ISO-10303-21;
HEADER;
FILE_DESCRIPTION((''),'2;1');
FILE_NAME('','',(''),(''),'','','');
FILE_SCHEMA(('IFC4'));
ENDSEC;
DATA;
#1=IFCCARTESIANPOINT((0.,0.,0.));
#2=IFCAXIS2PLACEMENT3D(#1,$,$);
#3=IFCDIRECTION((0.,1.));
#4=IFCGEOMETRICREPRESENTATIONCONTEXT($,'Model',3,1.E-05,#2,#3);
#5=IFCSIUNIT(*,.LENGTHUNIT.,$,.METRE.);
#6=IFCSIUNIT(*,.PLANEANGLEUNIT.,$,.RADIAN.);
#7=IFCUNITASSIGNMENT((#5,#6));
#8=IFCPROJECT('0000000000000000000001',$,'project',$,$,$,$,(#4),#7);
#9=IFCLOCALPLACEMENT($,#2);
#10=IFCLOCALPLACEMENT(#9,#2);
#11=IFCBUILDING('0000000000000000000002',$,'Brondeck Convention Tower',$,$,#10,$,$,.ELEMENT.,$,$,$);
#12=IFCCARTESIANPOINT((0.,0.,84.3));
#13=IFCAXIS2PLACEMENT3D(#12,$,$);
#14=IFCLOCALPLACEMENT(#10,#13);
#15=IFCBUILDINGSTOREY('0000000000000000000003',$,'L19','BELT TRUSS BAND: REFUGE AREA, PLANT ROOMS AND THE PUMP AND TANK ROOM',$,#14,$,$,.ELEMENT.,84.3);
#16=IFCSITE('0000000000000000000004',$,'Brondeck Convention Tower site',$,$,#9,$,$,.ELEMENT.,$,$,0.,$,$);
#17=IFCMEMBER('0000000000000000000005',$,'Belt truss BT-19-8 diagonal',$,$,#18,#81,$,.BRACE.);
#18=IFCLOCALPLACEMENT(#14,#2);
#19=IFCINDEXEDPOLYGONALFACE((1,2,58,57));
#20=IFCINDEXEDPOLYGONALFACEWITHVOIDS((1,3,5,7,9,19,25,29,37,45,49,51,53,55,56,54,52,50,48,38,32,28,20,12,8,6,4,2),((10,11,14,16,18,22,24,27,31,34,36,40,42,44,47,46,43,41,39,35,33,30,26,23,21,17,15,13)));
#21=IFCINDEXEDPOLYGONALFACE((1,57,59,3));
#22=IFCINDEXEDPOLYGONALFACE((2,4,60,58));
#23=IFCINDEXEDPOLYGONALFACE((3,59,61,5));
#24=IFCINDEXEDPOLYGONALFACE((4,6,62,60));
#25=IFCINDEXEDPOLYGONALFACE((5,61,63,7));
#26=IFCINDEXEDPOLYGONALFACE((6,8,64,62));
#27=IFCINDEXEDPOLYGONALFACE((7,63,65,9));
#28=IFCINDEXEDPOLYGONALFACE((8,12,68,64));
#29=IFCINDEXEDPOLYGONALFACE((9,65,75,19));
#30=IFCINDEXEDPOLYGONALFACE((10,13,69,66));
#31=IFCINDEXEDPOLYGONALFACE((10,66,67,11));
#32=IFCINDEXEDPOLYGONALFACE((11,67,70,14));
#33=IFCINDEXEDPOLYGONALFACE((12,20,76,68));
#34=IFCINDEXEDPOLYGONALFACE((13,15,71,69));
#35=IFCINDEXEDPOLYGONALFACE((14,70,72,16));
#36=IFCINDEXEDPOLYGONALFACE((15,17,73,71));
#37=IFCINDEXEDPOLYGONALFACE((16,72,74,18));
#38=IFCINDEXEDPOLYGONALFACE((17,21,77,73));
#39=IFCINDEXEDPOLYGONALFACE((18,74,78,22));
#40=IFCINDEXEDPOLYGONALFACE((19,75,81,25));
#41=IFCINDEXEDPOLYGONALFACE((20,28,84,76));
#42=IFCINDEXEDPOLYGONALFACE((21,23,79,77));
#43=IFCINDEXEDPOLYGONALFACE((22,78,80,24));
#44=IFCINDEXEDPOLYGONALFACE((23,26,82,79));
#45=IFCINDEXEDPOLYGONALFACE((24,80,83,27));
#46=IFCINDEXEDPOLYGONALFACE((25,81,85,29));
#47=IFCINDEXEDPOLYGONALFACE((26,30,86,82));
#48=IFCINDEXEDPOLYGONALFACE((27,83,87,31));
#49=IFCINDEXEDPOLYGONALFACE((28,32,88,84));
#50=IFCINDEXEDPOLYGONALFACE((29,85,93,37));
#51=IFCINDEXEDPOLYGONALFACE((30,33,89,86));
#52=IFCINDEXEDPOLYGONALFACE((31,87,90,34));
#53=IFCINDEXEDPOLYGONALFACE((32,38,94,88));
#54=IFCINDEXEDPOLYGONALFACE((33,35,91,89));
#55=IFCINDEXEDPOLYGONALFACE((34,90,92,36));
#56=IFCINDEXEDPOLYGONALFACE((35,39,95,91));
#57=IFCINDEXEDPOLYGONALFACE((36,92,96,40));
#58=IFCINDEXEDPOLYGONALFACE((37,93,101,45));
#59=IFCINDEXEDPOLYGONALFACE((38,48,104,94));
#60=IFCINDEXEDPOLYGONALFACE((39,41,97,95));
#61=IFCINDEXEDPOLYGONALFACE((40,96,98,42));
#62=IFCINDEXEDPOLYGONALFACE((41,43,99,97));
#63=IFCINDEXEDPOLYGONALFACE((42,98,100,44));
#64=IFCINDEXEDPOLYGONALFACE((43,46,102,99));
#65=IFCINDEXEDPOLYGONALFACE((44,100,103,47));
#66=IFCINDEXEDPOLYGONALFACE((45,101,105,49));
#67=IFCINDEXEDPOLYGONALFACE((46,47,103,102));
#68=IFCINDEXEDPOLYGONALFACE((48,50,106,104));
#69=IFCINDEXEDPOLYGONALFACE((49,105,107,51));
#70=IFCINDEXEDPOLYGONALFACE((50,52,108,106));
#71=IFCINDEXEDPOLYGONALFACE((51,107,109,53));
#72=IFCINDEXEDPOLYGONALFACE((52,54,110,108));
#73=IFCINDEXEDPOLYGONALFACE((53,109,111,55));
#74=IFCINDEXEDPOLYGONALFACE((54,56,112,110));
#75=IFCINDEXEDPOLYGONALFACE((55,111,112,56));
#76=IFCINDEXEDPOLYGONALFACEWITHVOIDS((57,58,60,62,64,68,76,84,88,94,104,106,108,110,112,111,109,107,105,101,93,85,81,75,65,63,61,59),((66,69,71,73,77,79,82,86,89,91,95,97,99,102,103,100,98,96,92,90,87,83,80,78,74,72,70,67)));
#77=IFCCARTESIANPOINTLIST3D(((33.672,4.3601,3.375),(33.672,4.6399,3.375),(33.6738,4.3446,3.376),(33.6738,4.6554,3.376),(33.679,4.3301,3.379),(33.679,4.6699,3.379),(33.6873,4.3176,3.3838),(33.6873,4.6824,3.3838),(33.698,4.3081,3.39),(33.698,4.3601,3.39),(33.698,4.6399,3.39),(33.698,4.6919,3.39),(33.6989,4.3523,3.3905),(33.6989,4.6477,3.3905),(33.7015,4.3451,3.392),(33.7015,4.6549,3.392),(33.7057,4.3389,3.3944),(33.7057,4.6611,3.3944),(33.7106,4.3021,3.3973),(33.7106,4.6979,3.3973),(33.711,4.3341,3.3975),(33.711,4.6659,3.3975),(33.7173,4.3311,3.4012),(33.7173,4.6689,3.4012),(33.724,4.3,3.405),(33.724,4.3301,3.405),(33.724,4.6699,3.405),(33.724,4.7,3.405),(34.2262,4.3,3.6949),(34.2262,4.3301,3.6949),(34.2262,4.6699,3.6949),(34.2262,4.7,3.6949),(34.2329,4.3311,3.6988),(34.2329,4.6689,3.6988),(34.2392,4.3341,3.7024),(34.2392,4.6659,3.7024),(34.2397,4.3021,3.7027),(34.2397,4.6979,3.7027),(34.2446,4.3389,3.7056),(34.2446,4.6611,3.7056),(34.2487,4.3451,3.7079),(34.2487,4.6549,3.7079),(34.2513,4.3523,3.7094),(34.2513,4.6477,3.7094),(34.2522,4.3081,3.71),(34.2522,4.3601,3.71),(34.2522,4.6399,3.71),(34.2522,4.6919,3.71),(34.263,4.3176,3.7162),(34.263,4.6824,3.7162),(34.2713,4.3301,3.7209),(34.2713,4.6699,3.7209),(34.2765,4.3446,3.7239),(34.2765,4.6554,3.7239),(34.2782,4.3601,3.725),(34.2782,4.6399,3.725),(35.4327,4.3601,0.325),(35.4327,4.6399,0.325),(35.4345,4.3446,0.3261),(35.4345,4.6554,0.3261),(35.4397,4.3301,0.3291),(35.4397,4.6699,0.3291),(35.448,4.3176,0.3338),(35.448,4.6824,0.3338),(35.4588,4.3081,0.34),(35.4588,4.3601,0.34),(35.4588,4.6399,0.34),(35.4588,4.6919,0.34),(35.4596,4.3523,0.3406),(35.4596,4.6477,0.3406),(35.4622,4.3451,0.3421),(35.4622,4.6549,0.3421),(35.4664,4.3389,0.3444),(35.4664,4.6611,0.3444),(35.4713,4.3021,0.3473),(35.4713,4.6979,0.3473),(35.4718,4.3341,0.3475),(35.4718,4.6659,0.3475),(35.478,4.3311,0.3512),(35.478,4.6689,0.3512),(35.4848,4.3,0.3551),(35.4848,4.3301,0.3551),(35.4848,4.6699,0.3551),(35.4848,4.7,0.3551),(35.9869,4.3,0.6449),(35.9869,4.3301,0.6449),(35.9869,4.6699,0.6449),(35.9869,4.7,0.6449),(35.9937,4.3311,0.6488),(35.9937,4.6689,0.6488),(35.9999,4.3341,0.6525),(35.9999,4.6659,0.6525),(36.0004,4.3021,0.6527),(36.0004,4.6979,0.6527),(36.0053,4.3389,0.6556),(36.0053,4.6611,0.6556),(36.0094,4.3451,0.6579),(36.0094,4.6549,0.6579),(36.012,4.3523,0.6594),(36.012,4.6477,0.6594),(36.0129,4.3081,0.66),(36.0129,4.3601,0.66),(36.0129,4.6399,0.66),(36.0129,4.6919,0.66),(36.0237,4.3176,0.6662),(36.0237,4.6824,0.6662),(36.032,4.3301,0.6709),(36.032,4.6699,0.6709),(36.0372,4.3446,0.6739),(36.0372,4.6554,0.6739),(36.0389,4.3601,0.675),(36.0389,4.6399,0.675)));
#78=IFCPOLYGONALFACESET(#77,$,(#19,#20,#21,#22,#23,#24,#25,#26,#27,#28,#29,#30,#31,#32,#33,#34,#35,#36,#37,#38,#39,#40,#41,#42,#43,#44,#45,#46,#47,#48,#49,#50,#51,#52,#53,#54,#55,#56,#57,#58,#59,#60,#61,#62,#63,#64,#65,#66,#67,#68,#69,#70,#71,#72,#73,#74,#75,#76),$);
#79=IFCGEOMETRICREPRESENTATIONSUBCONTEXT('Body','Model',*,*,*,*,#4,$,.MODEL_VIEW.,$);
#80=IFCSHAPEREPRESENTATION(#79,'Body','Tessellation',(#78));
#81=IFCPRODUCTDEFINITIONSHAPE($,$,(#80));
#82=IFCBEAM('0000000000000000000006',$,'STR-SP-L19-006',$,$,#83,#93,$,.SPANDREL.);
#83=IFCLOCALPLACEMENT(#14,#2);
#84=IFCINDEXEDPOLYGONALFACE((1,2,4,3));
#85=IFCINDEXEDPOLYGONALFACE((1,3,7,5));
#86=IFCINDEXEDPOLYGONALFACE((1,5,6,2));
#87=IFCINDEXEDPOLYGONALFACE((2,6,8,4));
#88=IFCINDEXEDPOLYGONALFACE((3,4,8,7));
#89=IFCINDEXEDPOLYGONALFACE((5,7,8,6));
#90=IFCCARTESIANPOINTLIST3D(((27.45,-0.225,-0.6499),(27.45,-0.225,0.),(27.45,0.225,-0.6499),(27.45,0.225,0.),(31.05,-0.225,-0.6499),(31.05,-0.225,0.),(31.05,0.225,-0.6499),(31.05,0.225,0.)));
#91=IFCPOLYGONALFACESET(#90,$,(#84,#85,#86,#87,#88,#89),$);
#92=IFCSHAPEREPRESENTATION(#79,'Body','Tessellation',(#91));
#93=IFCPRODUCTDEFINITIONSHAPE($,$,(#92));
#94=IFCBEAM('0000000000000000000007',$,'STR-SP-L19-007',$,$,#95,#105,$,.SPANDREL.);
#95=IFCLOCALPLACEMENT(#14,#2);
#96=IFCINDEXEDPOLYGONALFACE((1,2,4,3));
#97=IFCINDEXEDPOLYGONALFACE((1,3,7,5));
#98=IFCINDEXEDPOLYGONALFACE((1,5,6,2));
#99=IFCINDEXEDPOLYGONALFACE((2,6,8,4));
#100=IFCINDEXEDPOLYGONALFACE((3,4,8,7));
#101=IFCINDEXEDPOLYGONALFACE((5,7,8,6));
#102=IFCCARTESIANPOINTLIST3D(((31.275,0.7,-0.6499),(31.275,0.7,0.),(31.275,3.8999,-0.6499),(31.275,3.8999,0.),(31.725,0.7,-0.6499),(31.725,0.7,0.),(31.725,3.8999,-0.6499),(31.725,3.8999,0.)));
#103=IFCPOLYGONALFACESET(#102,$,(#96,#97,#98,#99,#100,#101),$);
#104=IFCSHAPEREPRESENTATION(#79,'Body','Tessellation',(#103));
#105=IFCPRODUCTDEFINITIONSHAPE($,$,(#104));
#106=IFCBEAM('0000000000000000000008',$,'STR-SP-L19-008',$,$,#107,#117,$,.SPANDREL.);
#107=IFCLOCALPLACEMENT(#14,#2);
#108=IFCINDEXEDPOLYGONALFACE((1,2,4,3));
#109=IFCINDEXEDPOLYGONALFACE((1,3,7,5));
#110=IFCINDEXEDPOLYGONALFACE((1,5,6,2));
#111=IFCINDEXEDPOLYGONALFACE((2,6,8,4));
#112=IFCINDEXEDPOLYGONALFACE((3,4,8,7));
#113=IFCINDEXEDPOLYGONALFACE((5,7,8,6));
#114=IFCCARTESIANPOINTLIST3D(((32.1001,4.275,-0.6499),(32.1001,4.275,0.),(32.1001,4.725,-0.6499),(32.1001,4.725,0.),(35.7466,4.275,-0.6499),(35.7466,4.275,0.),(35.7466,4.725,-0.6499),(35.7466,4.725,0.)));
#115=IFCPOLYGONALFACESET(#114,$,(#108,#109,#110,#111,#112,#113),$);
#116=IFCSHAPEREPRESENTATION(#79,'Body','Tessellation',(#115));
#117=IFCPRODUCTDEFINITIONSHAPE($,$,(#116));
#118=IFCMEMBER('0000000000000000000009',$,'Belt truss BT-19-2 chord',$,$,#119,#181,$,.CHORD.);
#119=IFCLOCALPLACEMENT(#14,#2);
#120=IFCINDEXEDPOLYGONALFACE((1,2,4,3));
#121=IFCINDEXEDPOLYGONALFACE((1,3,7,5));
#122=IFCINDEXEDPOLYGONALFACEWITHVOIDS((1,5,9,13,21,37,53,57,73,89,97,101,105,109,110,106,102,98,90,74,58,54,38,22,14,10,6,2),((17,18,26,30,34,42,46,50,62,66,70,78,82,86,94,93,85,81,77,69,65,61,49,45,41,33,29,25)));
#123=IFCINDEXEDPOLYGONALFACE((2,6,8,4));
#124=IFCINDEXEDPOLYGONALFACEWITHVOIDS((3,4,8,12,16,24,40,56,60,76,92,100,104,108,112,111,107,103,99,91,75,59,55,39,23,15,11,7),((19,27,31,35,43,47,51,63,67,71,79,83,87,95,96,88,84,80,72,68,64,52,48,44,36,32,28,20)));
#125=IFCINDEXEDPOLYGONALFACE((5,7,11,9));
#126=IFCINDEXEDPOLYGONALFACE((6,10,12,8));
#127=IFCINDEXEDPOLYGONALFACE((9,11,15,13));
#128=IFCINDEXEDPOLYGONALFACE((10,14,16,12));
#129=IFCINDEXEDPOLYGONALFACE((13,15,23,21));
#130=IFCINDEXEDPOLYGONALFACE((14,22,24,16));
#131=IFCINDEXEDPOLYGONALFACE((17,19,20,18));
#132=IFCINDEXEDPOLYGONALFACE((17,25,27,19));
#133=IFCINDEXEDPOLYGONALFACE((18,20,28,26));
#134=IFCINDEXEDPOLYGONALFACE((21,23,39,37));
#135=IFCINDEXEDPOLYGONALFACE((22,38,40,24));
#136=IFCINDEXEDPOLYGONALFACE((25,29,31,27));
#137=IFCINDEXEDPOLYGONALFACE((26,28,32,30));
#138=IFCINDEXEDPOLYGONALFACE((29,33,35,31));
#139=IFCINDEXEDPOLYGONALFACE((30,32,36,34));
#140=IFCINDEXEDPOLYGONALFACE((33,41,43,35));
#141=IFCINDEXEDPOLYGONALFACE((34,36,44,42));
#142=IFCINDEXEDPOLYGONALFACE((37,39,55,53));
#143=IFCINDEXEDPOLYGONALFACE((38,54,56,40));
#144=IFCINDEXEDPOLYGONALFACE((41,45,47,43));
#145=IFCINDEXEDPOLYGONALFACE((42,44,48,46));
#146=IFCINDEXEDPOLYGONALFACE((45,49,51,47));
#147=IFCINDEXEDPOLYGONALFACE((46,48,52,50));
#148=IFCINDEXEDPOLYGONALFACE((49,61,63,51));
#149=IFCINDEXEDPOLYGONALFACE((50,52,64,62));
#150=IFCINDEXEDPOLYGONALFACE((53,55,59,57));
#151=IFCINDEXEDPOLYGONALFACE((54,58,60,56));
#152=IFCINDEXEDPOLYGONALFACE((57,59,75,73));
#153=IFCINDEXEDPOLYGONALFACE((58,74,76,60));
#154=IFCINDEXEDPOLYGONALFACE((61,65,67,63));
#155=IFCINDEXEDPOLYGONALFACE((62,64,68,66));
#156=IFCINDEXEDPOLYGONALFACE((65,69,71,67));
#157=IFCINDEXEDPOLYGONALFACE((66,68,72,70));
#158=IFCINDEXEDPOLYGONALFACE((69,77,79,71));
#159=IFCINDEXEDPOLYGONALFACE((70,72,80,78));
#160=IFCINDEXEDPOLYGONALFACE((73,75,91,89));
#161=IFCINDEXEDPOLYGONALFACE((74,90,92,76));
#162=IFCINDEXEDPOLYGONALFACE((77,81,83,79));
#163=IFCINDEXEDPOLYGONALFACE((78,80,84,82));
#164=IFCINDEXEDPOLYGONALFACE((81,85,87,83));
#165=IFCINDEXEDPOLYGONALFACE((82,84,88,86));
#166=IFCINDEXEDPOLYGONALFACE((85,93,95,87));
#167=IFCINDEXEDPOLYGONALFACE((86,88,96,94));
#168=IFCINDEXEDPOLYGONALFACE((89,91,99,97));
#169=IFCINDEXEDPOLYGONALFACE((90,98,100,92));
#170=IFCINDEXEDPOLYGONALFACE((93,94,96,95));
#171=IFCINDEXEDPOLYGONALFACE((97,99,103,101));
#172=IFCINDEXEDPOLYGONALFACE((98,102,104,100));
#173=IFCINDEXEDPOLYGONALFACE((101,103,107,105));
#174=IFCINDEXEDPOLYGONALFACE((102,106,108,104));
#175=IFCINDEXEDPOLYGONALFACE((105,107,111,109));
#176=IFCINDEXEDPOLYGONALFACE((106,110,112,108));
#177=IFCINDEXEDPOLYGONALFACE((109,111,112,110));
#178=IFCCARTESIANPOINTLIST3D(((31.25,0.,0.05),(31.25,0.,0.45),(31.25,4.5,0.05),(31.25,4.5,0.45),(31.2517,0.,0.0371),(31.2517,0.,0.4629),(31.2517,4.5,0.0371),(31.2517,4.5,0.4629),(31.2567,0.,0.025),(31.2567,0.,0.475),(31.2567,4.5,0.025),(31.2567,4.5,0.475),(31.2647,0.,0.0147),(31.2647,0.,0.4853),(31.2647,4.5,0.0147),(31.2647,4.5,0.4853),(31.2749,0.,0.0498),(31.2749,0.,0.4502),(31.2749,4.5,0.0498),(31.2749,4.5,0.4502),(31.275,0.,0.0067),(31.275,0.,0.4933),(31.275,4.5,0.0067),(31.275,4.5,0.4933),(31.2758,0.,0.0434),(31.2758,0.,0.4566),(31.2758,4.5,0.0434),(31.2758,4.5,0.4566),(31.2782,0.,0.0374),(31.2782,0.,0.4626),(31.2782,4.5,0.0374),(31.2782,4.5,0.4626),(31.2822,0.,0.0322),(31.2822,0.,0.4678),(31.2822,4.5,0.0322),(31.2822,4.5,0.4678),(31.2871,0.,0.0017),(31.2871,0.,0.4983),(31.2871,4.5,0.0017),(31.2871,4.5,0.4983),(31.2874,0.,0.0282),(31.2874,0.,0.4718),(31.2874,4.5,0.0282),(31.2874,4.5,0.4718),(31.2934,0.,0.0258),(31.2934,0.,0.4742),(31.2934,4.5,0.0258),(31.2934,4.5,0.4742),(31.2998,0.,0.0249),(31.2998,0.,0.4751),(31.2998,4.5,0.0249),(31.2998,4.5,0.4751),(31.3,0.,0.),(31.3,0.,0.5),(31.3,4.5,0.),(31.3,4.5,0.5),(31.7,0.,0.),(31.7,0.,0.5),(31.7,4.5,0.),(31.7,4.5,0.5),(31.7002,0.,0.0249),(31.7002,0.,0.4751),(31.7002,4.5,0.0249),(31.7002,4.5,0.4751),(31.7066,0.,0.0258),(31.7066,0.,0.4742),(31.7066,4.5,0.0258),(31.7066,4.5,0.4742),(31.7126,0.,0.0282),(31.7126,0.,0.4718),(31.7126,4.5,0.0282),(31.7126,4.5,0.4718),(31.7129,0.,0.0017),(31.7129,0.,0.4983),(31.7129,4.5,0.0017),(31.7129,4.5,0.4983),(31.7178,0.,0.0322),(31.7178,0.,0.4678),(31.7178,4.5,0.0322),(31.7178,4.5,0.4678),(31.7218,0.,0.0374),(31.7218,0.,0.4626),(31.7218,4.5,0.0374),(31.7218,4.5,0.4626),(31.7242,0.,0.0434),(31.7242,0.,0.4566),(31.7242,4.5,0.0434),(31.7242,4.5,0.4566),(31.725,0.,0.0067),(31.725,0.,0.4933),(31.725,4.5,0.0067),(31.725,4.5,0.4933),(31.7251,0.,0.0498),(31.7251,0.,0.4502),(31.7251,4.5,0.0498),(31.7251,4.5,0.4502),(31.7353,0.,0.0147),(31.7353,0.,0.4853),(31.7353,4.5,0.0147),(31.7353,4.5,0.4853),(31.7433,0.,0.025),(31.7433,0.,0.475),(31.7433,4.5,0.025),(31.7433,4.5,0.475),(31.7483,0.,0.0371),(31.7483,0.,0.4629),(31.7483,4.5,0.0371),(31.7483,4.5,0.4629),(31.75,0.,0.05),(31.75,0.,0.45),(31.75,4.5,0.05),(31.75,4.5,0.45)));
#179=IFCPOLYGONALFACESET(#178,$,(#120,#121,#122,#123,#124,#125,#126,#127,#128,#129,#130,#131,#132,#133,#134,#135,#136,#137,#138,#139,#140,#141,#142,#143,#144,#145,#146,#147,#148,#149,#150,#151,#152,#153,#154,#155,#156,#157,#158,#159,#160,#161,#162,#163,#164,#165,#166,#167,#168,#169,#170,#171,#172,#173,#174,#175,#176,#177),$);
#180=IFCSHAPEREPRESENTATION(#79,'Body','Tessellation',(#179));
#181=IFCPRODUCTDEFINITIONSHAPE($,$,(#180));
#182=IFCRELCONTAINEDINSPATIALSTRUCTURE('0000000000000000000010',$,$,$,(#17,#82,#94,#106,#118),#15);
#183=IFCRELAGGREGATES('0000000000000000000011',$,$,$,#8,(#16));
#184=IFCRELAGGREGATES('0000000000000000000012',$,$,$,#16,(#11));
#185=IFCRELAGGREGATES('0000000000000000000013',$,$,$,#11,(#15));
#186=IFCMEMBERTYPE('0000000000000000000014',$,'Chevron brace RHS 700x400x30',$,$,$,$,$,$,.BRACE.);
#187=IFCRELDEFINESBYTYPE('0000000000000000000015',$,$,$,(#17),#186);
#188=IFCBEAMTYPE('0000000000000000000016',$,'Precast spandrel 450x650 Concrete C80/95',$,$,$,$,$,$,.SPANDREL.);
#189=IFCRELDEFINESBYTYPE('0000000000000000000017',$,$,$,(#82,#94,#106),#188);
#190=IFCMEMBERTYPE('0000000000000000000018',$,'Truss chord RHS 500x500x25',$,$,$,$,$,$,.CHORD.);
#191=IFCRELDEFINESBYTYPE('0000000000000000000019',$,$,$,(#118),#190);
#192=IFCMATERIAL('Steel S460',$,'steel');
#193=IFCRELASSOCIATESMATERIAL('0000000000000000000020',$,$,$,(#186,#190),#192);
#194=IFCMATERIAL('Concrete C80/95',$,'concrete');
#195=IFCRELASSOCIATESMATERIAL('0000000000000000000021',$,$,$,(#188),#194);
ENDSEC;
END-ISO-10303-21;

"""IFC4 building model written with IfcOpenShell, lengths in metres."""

from ifc_helpers import new_model, si_unit, direction, frame, origin, origin_2d, place, context, subcontext, project, spatial, rectangle, hollow_rectangle, extrude, material, material_profile, profile_set, type_object, element, save


model = new_model("IFC4")

# Units and contexts
model_context = context("Model", 3, precision=1e-05, world=origin(), true_north=direction((0.0, 1.0)))
body_context = subcontext(model_context, "Body", "Model", "MODEL_VIEW")
ifc_project = project(units=[si_unit("LENGTHUNIT", "METRE"), si_unit("PLANEANGLEUNIT", "RADIAN")], contexts=[model_context])

# Site, building, storey
site_placement = place(None, origin())
site = spatial("IfcSite", under=ifc_project, at=site_placement, Name="Brondeck Convention Tower site", CompositionType="ELEMENT", RefElevation=0.0)
building_placement = place(site_placement, origin())
building = spatial("IfcBuilding", under=site, at=building_placement, Name="Brondeck Convention Tower", CompositionType="ELEMENT")
storey_placement = place(building_placement, frame((0.0, 0.0, 84.3)))
storey = spatial("IfcBuildingStorey", under=building, at=storey_placement, Name="L19", Description="BELT TRUSS BAND: REFUGE AREA, PLANT ROOMS AND THE PUMP AND TANK ROOM", CompositionType="ELEMENT", Elevation=84.3)

# Shared definitions
ifc_material_1 = material(Name="Concrete C80/95", Category="concrete")

# Member
ifc_material_2 = material(Name="Steel S460", Category="steel")
ifc_material_profile_1 = material_profile(ifc_material_2, hollow_rectangle(XDim=0.3999, YDim=0.7, WallThickness=0.03, InnerFilletRadius=0.03, OuterFilletRadius=0.0601, at=origin_2d()), Name="RHS 700x400x30")
ifc_profile_set_1 = profile_set([ifc_material_profile_1], Name="Steel S460")
member_type_1 = type_object("IfcMemberType", Name="Chevron brace RHS 700x400x30", PredefinedType="BRACE", material=ifc_profile_set_1)
member_1_placement = place(storey_placement, frame((35.7358, 4.5, 0.5), z_axis=(-0.499956, 0.0, 0.866051), x_axis=(0.0, -1.0, 0.0)))
element("IfcMember", 1, at=member_1_placement, inside=storey, type_object=member_type_1, Name="Belt truss BT-19-8 diagonal", PredefinedType="BRACE", context=body_context, shape_type="SweptSolid", body=[
    extrude(hollow_rectangle(XDim=0.3999, YDim=0.7, WallThickness=0.03, InnerFilletRadius=0.03, OuterFilletRadius=0.0601, at=origin_2d()), origin(), (0.0, 0.0, 1.0), 3.5217),
])

# Beams
ifc_material_profile_2 = material_profile(ifc_material_1, rectangle(XDim=0.45, YDim=0.6499, at=origin_2d()), Name="Precast spandrel 450x650 Concrete C80/95")
ifc_profile_set_2 = profile_set([ifc_material_profile_2], Name="Concrete C80/95")
beam_type = type_object("IfcBeamType", Name="Precast spandrel 450x650 Concrete C80/95", PredefinedType="SPANDREL", material=ifc_profile_set_2)
beam_1_placement = place(storey_placement, frame((27.45, 0.0, -0.325), z_axis=(1.0, 0.0, 0.0), x_axis=(0.0, 1.0, 0.0)))
element("IfcBeam", 2, at=beam_1_placement, inside=storey, type_object=beam_type, Name="STR-SP-L19-006", PredefinedType="SPANDREL", context=body_context, shape_type="SweptSolid", body=[
    extrude(rectangle(XDim=0.45, YDim=0.6499, at=origin_2d()), origin(), (0.0, 0.0, 1.0), 3.6001),
])
beam_2_placement = place(storey_placement, frame((31.5, 0.7, -0.325), z_axis=(0.0, 1.0, 0.0), x_axis=(-1.0, 0.0, 0.0)))
element("IfcBeam", 3, at=beam_2_placement, inside=storey, type_object=beam_type, Name="STR-SP-L19-007", PredefinedType="SPANDREL", context=body_context, shape_type="SweptSolid", body=[
    extrude(rectangle(XDim=0.45, YDim=0.6499, at=origin_2d()), origin(), (0.0, 0.0, 1.0), 3.2),
])
beam_3_placement = place(storey_placement, frame((32.1001, 4.5, -0.325), z_axis=(1.0, 0.0, 0.0), x_axis=(0.0, 1.0, 0.0)))
element("IfcBeam", 4, at=beam_3_placement, inside=storey, type_object=beam_type, Name="STR-SP-L19-008", PredefinedType="SPANDREL", context=body_context, shape_type="SweptSolid", body=[
    extrude(rectangle(XDim=0.45, YDim=0.6499, at=origin_2d()), origin(), (0.0, 0.0, 1.0), 3.6465),
])

# Member
ifc_material_profile_3 = material_profile(ifc_material_2, hollow_rectangle(XDim=0.5, YDim=0.5, WallThickness=0.0249, InnerFilletRadius=0.0249, OuterFilletRadius=0.05, at=origin_2d()), Name="RHS 500x500x25")
ifc_profile_set_3 = profile_set([ifc_material_profile_3], Name="Steel S460")
member_type_2 = type_object("IfcMemberType", Name="Truss chord RHS 500x500x25", PredefinedType="CHORD", material=ifc_profile_set_3)
member_2_placement = place(storey_placement, frame((31.5, 0.0, 0.25), z_axis=(0.0, 1.0, 0.0), x_axis=(-1.0, 0.0, 0.0)))
element("IfcMember", 5, at=member_2_placement, inside=storey, type_object=member_type_2, Name="Belt truss BT-19-2 chord", PredefinedType="CHORD", context=body_context, shape_type="SweptSolid", body=[
    extrude(hollow_rectangle(XDim=0.5, YDim=0.5, WallThickness=0.0249, InnerFilletRadius=0.0249, OuterFilletRadius=0.05, at=origin_2d()), origin(), (0.0, 0.0, 1.0), 4.5),
])

save(model, "model.ifc")
